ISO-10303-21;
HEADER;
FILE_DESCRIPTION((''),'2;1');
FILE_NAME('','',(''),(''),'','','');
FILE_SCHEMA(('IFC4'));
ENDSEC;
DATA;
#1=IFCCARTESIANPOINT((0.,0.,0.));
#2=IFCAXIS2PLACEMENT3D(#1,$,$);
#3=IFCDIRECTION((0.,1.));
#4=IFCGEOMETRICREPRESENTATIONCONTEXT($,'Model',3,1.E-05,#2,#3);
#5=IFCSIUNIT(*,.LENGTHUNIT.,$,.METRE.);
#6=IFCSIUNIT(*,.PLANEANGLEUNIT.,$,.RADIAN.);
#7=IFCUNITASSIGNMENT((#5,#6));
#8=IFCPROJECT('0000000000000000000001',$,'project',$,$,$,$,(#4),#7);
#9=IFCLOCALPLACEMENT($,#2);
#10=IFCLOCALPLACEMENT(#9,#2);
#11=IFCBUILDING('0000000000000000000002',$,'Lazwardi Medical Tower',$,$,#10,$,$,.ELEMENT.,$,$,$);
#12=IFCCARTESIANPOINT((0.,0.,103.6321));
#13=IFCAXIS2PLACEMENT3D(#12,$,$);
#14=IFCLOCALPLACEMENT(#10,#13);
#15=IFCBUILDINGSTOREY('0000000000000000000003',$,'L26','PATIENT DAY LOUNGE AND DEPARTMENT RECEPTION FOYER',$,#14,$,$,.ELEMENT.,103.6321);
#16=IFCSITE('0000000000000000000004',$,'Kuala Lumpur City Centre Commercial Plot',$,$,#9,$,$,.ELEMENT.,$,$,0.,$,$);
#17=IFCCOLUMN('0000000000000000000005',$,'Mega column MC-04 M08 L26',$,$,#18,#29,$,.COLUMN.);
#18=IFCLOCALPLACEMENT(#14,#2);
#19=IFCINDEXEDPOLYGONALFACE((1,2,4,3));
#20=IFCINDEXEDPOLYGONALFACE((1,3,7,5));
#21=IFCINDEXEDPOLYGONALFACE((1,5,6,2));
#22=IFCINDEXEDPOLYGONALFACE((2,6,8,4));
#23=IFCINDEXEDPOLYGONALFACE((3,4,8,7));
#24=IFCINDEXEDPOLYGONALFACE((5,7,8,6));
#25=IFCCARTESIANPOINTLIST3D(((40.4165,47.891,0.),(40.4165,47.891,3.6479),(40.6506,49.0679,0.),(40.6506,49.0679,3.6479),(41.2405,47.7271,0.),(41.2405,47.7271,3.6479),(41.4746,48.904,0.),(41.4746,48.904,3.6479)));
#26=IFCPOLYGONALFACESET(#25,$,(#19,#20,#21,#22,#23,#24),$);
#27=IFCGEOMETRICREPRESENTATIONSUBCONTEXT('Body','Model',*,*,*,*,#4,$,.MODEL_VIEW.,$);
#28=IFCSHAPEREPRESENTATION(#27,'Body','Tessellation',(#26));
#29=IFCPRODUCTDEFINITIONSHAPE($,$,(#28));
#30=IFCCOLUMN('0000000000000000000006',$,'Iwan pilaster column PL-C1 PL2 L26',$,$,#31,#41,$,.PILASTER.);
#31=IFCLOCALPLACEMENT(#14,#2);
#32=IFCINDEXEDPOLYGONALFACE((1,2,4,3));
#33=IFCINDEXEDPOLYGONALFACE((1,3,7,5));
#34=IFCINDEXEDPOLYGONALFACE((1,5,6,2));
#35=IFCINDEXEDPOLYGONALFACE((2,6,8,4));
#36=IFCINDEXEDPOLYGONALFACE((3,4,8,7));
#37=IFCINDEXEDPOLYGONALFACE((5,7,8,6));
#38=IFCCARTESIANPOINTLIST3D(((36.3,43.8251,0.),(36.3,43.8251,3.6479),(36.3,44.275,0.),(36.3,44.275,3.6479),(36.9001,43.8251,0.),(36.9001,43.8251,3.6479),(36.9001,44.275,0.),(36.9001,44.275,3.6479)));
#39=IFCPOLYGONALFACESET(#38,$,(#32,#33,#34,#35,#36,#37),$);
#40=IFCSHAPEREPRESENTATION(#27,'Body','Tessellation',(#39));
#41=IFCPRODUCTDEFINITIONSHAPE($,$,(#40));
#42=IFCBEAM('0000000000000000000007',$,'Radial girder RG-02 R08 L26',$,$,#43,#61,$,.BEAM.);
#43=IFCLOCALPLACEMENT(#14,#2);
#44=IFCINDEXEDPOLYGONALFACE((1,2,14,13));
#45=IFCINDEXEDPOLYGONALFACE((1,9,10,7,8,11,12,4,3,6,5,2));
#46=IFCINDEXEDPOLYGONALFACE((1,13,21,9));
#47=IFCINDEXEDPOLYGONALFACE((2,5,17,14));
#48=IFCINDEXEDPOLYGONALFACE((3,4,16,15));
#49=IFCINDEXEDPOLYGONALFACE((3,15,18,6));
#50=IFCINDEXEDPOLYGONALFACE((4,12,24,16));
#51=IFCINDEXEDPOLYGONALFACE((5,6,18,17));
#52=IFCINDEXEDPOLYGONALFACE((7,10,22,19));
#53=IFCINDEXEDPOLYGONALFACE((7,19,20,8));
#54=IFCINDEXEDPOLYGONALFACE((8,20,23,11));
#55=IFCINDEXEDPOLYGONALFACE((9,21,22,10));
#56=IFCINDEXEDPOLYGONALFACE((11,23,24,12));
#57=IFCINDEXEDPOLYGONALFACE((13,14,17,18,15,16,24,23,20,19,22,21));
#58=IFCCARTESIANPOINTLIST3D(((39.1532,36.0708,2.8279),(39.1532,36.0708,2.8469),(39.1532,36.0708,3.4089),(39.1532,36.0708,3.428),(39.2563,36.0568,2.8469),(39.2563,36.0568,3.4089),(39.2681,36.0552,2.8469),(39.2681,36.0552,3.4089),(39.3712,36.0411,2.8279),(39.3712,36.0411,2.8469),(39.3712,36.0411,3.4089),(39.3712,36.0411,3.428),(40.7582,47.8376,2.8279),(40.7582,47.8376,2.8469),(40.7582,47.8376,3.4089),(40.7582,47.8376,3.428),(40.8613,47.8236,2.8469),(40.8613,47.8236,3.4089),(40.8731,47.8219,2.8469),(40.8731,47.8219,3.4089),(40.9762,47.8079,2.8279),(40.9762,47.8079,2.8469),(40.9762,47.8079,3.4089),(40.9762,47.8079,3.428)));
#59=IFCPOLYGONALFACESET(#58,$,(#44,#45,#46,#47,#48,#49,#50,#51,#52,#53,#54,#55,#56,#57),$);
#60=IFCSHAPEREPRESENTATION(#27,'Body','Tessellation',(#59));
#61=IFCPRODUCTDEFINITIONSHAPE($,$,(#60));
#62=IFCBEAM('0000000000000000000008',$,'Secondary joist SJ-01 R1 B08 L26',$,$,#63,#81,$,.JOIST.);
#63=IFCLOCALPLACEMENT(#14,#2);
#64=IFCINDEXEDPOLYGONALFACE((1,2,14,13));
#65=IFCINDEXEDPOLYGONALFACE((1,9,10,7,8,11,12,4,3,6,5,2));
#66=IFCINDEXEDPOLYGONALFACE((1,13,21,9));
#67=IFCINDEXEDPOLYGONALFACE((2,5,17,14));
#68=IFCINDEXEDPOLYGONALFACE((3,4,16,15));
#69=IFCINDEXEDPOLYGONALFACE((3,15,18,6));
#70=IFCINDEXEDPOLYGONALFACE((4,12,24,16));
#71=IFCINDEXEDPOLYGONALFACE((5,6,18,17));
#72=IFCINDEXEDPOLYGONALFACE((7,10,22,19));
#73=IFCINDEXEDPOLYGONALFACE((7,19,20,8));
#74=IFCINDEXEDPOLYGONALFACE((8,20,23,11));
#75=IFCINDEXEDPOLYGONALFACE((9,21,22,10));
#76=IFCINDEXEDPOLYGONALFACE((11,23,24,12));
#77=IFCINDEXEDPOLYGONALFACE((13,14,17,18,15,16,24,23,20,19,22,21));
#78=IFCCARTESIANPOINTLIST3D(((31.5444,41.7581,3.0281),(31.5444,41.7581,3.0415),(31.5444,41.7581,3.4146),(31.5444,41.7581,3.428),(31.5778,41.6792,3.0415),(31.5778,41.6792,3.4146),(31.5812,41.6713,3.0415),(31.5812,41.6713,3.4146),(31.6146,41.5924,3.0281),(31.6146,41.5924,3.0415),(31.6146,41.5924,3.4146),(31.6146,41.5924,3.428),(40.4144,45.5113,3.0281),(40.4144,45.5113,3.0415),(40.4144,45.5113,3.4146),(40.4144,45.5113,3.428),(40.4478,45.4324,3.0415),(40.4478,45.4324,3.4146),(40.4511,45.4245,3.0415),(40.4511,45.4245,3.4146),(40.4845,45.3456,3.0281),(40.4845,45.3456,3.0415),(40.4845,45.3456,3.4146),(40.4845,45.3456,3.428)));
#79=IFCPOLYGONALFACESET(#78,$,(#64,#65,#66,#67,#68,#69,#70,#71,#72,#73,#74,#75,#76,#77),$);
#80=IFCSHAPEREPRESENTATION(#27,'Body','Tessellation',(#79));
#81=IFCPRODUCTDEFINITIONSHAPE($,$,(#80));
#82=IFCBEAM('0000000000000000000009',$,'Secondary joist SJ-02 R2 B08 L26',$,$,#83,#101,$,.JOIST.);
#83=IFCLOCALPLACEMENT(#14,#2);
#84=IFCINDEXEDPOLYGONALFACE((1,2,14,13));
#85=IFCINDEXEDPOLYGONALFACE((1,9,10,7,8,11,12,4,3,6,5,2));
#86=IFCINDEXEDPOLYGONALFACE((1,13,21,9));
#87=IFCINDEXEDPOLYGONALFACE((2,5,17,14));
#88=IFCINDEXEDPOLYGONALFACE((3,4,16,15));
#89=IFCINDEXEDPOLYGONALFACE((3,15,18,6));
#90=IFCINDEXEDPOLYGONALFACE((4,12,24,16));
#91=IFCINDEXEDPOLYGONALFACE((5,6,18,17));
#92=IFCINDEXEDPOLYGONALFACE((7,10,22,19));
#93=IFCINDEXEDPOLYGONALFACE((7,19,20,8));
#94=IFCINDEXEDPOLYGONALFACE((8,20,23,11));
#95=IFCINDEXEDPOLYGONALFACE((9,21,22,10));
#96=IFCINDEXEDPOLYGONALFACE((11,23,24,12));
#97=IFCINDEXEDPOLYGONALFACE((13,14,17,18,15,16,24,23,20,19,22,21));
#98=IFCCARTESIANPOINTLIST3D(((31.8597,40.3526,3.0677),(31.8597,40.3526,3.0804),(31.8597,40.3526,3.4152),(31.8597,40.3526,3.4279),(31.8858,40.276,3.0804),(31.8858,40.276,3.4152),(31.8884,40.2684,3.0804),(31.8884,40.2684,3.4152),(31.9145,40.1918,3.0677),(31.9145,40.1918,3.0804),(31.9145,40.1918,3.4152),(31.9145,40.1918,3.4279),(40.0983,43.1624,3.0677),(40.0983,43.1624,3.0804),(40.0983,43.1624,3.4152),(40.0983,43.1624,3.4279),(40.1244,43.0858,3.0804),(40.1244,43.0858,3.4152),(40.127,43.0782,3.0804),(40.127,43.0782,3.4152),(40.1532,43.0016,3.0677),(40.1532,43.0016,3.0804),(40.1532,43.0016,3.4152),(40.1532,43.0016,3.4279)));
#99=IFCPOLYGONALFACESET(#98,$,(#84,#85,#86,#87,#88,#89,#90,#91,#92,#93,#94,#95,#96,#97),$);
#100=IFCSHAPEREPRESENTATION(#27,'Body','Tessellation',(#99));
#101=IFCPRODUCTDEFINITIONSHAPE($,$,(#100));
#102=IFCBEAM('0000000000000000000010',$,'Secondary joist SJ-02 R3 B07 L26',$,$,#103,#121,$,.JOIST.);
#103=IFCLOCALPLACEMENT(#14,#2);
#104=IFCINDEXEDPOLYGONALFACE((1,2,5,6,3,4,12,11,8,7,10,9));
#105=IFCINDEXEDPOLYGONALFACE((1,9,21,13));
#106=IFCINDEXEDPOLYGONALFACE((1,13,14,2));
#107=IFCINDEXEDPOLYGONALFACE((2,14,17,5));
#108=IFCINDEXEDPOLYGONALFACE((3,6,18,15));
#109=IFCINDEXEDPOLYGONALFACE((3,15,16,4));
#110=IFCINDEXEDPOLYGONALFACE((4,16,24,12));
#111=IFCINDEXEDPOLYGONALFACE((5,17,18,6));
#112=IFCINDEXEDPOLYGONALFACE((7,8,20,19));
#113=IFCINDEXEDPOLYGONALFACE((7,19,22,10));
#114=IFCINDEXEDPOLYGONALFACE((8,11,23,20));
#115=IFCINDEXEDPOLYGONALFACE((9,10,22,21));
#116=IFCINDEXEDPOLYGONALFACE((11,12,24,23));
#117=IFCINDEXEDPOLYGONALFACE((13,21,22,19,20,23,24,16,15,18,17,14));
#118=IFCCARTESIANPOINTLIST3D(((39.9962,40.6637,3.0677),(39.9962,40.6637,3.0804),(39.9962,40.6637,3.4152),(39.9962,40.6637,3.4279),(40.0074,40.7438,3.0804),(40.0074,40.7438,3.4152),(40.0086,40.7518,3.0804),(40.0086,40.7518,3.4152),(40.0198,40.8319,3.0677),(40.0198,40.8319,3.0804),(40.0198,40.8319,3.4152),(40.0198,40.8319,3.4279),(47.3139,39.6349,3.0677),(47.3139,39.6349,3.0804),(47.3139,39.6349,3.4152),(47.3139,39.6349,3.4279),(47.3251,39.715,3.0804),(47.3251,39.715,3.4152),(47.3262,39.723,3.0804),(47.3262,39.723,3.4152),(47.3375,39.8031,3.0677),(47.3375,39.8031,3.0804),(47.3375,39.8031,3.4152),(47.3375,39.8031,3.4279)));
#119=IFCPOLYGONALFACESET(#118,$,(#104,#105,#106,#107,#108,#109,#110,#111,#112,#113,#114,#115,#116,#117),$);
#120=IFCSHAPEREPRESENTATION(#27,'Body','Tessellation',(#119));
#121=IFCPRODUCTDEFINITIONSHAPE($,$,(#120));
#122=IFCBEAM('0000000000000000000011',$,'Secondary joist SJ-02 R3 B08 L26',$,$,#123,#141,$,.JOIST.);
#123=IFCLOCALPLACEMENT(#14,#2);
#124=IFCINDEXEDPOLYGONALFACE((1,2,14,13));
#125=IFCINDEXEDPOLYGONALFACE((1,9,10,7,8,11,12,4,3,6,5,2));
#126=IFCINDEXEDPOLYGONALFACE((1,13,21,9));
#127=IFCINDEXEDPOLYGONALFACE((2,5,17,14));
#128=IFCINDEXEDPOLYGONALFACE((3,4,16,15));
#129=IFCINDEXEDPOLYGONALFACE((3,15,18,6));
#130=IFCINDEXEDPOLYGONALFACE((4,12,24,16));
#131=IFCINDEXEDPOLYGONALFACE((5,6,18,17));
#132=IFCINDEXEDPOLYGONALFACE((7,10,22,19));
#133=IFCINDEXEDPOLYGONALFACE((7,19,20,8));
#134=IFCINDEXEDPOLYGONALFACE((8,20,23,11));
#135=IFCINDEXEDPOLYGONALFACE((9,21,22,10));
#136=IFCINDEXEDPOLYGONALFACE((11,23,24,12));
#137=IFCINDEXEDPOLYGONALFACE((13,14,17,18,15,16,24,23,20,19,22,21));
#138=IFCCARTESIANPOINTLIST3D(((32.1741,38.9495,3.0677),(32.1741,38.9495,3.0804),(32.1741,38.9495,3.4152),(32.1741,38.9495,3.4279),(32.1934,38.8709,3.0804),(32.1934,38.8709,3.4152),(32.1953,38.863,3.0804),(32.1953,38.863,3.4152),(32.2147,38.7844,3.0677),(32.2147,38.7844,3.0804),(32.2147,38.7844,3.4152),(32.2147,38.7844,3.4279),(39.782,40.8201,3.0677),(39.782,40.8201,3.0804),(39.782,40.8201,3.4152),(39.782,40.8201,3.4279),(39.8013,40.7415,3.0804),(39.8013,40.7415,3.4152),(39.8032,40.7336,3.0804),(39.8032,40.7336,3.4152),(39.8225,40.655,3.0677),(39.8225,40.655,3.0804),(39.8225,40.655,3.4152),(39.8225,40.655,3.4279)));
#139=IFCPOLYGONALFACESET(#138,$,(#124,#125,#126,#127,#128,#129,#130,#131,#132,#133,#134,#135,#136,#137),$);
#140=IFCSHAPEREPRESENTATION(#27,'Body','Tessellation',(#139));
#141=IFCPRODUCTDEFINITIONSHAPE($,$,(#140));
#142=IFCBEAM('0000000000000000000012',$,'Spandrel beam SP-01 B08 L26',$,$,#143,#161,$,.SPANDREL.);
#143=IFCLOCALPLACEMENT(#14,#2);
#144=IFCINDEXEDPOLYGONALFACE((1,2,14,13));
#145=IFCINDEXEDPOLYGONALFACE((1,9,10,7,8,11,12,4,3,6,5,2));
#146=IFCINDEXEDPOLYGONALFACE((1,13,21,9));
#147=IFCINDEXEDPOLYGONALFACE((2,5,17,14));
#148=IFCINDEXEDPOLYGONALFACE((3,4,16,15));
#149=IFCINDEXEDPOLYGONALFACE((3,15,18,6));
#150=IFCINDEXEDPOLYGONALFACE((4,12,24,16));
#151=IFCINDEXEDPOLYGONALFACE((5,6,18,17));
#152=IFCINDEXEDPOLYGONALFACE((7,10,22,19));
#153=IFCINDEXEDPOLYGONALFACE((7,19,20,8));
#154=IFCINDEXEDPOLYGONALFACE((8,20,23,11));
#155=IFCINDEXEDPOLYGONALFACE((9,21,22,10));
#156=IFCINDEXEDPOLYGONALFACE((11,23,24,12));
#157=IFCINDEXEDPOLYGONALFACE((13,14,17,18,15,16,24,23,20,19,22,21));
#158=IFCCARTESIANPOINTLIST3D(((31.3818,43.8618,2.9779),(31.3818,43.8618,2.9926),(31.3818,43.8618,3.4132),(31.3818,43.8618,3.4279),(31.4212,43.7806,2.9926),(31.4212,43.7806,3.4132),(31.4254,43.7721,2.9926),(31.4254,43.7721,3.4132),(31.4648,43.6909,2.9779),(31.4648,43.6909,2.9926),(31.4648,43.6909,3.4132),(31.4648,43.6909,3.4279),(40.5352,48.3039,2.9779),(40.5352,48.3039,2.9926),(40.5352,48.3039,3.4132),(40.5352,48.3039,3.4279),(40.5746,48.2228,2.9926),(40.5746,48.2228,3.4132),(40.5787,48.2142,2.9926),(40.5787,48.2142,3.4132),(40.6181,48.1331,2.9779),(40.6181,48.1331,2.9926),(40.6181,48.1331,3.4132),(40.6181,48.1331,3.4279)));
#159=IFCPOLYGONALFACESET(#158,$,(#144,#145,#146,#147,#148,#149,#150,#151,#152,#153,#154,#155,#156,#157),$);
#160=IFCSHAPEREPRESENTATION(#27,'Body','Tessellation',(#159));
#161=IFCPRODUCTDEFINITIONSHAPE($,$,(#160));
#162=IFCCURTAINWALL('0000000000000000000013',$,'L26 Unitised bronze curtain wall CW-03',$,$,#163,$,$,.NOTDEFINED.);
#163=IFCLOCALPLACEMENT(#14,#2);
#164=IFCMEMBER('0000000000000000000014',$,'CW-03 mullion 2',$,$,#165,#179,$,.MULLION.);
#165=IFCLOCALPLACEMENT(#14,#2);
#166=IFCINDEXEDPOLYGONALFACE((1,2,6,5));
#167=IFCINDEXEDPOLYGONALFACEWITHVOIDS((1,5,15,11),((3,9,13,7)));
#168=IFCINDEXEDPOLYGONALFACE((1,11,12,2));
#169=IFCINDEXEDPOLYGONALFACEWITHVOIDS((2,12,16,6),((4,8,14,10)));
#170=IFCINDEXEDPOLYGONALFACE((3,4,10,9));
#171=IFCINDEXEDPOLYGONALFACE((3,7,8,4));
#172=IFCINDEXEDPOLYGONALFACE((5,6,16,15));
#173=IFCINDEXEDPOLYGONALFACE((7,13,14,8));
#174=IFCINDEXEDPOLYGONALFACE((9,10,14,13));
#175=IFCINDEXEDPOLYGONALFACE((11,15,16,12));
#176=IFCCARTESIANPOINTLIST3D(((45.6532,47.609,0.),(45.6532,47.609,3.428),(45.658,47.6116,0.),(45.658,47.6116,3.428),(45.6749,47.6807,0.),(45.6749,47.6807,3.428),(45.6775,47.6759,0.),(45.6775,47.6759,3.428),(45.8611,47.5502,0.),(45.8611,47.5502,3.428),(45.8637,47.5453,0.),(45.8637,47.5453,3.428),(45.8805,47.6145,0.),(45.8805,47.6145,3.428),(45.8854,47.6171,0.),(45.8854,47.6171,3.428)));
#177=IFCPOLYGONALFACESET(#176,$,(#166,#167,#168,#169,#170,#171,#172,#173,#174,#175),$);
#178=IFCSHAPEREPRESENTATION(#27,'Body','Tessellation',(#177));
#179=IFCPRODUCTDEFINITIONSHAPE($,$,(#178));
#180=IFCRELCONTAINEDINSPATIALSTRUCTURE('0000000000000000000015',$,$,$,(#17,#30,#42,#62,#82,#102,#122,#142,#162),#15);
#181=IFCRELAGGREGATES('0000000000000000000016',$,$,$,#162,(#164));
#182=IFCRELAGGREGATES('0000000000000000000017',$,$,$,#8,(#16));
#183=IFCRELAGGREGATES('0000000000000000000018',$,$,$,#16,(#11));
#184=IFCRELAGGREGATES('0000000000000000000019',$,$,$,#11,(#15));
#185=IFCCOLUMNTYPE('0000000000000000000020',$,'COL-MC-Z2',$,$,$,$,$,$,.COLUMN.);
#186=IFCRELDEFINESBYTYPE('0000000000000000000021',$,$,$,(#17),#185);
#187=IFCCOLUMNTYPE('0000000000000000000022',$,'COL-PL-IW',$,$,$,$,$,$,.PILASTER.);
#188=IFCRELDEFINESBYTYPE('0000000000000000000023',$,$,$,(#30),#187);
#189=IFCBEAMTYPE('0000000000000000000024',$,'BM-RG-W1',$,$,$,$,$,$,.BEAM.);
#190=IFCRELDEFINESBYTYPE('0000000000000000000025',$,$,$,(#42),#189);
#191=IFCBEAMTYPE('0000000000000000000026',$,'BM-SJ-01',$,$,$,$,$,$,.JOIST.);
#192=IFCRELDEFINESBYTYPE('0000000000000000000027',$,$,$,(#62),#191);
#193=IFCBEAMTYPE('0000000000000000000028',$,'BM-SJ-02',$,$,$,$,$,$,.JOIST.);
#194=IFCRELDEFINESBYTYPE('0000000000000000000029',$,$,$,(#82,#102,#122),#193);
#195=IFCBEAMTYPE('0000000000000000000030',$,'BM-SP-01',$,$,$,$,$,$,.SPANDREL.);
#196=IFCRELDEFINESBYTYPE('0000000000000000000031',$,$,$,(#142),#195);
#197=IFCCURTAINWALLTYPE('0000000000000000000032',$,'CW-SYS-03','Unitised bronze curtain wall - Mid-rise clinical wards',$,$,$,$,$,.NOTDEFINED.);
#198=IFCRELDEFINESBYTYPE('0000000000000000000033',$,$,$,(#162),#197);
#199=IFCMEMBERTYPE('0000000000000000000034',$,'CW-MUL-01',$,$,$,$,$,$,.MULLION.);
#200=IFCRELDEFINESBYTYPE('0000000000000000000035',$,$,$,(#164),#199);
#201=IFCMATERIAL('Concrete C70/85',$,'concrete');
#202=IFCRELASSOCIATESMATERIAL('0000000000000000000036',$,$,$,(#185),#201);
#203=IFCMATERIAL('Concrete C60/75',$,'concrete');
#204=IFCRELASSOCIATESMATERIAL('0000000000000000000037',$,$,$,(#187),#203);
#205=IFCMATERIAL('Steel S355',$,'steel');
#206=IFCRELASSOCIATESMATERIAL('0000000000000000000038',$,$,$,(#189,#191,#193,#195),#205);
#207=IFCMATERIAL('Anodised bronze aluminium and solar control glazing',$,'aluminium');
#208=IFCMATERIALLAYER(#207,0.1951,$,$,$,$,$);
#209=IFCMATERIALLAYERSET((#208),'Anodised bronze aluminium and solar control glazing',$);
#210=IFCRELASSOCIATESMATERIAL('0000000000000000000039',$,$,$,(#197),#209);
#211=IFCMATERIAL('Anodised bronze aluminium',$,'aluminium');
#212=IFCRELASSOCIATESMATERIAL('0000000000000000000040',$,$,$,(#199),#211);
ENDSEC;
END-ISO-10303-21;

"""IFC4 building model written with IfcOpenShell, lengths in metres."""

from ifc_helpers import new_model, si_unit, direction, frame, origin, origin_2d, place, context, subcontext, project, spatial, rectangle, hollow_rectangle, i_section, extrude, material, layer, layer_set, material_profile, profile_set, type_object, element, aggregate, save


model = new_model("IFC4")

# Units and contexts
model_context = context("Model", 3, precision=1e-05, world=origin(), true_north=direction((0.0, 1.0)))
body_context = subcontext(model_context, "Body", "Model", "MODEL_VIEW")
ifc_project = project(units=[si_unit("LENGTHUNIT", "METRE"), si_unit("PLANEANGLEUNIT", "RADIAN")], contexts=[model_context])

# Site, building, storey
site_placement = place(None, origin())
site = spatial("IfcSite", under=ifc_project, at=site_placement, Name="Kuala Lumpur City Centre Commercial Plot", CompositionType="ELEMENT", RefElevation=0.0)
building_placement = place(site_placement, origin())
building = spatial("IfcBuilding", under=site, at=building_placement, Name="Lazwardi Medical Tower", CompositionType="ELEMENT")
storey_placement = place(building_placement, frame((0.0, 0.0, 103.6321)))
storey = spatial("IfcBuildingStorey", under=building, at=storey_placement, Name="L26", Description="PATIENT DAY LOUNGE AND DEPARTMENT RECEPTION FOYER", CompositionType="ELEMENT", Elevation=103.6321)

# Columns
ifc_material_1 = material(Name="Concrete C70/85", Category="concrete")
ifc_material_profile_1 = material_profile(ifc_material_1, rectangle(XDim=1.2, YDim=0.8401, at=origin_2d()), Name="CFT-RECT 1200x840")
ifc_profile_set_1 = profile_set([ifc_material_profile_1], Name="Concrete C70/85")
column_type_1 = type_object("IfcColumnType", Name="COL-MC-Z2", PredefinedType="COLUMN", material=ifc_profile_set_1)
column_1_placement = place(storey_placement, frame((40.9456, 48.3975, 0.0), z_axis=(0.0, 0.0, 1.0), x_axis=(0.19509, 0.980785, 0.0)))
element("IfcColumn", 1, at=column_1_placement, inside=storey, type_object=column_type_1, Name="Mega column MC-04 M08 L26", PredefinedType="COLUMN", context=body_context, shape_type="SweptSolid", body=[
    extrude(rectangle(XDim=1.2, YDim=0.8401, at=origin_2d()), origin(), (0.0, 0.0, 1.0), 3.6479),
])
ifc_material_2 = material(Name="Concrete C60/75", Category="concrete")
ifc_material_profile_2 = material_profile(ifc_material_2, rectangle(XDim=0.6001, YDim=0.45, at=origin_2d()), Name="RC 600x450")
ifc_profile_set_2 = profile_set([ifc_material_profile_2], Name="Concrete C60/75")
column_type_2 = type_object("IfcColumnType", Name="COL-PL-IW", PredefinedType="PILASTER", material=ifc_profile_set_2)
column_2_placement = place(storey_placement, frame((36.6001, 44.05, 0.0), z_axis=(0.0, 0.0, 1.0), x_axis=(1.0, 0.0, 0.0)))
element("IfcColumn", 2, at=column_2_placement, inside=storey, type_object=column_type_2, Name="Iwan pilaster column PL-C1 PL2 L26", PredefinedType="PILASTER", context=body_context, shape_type="SweptSolid", body=[
    extrude(rectangle(XDim=0.6001, YDim=0.45, at=origin_2d()), origin(), (0.0, 0.0, 1.0), 3.6479),
])

# Beams
ifc_material_3 = material(Name="Steel S355", Category="steel")
ifc_material_profile_3 = material_profile(ifc_material_3, i_section(OverallWidth=0.22, OverallDepth=0.6001, WebThickness=0.012, FlangeThickness=0.019, at=origin_2d()), Name="IPE 600")
ifc_profile_set_3 = profile_set([ifc_material_profile_3], Name="Steel S355")
beam_type_1 = type_object("IfcBeamType", Name="BM-RG-W1", PredefinedType="BEAM", material=ifc_profile_set_3)
beam_1_placement = place(storey_placement, frame((40.8672, 47.8228, 3.1279), z_axis=(-0.135147, -0.990826, 0.0), x_axis=(0.990826, -0.135147, 0.0)))
element("IfcBeam", 3, at=beam_1_placement, inside=storey, type_object=beam_type_1, Name="Radial girder RG-02 R08 L26", PredefinedType="BEAM", context=body_context, shape_type="SweptSolid", body=[
    extrude(i_section(OverallWidth=0.22, OverallDepth=0.6001, WebThickness=0.012, FlangeThickness=0.019, at=origin_2d()), origin(), (0.0, 0.0, 1.0), 11.8757),
])
ifc_material_profile_4 = material_profile(ifc_material_3, i_section(OverallWidth=0.1799, OverallDepth=0.3999, WebThickness=0.0085, FlangeThickness=0.0134, at=origin_2d()), Name="IPE 400")
ifc_profile_set_4 = profile_set([ifc_material_profile_4], Name="Steel S355")
beam_type_2 = type_object("IfcBeamType", Name="BM-SJ-01", PredefinedType="JOIST", material=ifc_profile_set_4)
beam_2_placement = place(storey_placement, frame((40.4495, 45.4285, 3.228), z_axis=(-0.920947, -0.389687, 0.0), x_axis=(0.389687, -0.920947, 0.0)))
element("IfcBeam", 4, at=beam_2_placement, inside=storey, type_object=beam_type_2, Name="Secondary joist SJ-01 R1 B08 L26", PredefinedType="JOIST", context=body_context, shape_type="SweptSolid", body=[
    extrude(i_section(OverallWidth=0.1799, OverallDepth=0.3999, WebThickness=0.0085, FlangeThickness=0.0134, at=origin_2d()), origin(), (0.0, 0.0, 1.0), 9.6313),
])
ifc_material_profile_5 = material_profile(ifc_material_3, i_section(OverallWidth=0.1699, OverallDepth=0.3601, WebThickness=0.0081, FlangeThickness=0.0127, at=origin_2d()), Name="IPE 360")
ifc_profile_set_5 = profile_set([ifc_material_profile_5], Name="Steel S355")
beam_type_3 = type_object("IfcBeamType", Name="BM-SJ-02", PredefinedType="JOIST", material=ifc_profile_set_5)
beam_3_placement = place(storey_placement, frame((40.1257, 43.082, 3.2478), z_axis=(-0.946467, -0.3228, 0.0), x_axis=(0.3228, -0.946467, 0.0)))
element("IfcBeam", 5, at=beam_3_placement, inside=storey, type_object=beam_type_3, Name="Secondary joist SJ-02 R2 B08 L26", PredefinedType="JOIST", context=body_context, shape_type="SweptSolid", body=[
    extrude(i_section(OverallWidth=0.1699, OverallDepth=0.3601, WebThickness=0.0081, FlangeThickness=0.0127, at=origin_2d()), origin(), (0.0, 0.0, 1.0), 8.7046),
])
beam_4_placement = place(storey_placement, frame((47.3257, 39.719, 3.2478), z_axis=(-0.990261, 0.139224, 0.0), x_axis=(-0.139224, -0.990261, 0.0)))
element("IfcBeam", 6, at=beam_4_placement, inside=storey, type_object=beam_type_3, Name="Secondary joist SJ-02 R3 B07 L26", PredefinedType="JOIST", context=body_context, shape_type="SweptSolid", body=[
    extrude(i_section(OverallWidth=0.1699, OverallDepth=0.3601, WebThickness=0.0081, FlangeThickness=0.0127, at=origin_2d()), origin(), (0.0, 0.0, 1.0), 7.3896),
])
beam_5_placement = place(storey_placement, frame((39.8022, 40.7375, 3.2478), z_axis=(-0.971077, -0.238765, 0.0), x_axis=(0.238765, -0.971077, 0.0)))
element("IfcBeam", 7, at=beam_5_placement, inside=storey, type_object=beam_type_3, Name="Secondary joist SJ-02 R3 B08 L26", PredefinedType="JOIST", context=body_context, shape_type="SweptSolid", body=[
    extrude(i_section(OverallWidth=0.1699, OverallDepth=0.3601, WebThickness=0.0081, FlangeThickness=0.0127, at=origin_2d()), origin(), (0.0, 0.0, 1.0), 7.8345),
])
ifc_material_profile_6 = material_profile(ifc_material_3, i_section(OverallWidth=0.1899, OverallDepth=0.45, WebThickness=0.0095, FlangeThickness=0.0146, at=origin_2d()), Name="IPE 450")
ifc_profile_set_6 = profile_set([ifc_material_profile_6], Name="Steel S355")
beam_type_4 = type_object("IfcBeamType", Name="BM-SP-01", PredefinedType="SPANDREL", material=ifc_profile_set_6)
beam_6_placement = place(storey_placement, frame((40.5767, 48.2185, 3.2029), z_axis=(-0.899653, -0.436605, 0.0), x_axis=(0.436605, -0.899653, 0.0)))
element("IfcBeam", 8, at=beam_6_placement, inside=storey, type_object=beam_type_4, Name="Spandrel beam SP-01 B08 L26", PredefinedType="SPANDREL", context=body_context, shape_type="SweptSolid", body=[
    extrude(i_section(OverallWidth=0.1899, OverallDepth=0.45, WebThickness=0.0095, FlangeThickness=0.0146, at=origin_2d()), origin(), (0.0, 0.0, 1.0), 10.1743),
])

# Curtain wall, member
ifc_material_4 = material(Name="Anodised bronze aluminium and solar control glazing", Category="aluminium")
ifc_layer_1 = layer(ifc_material_4, 0.1951)
ifc_layer_set_1 = layer_set([ifc_layer_1], Name="Anodised bronze aluminium and solar control glazing")
curtain_wall_type_1 = type_object("IfcCurtainWallType", Name="CW-SYS-03", Description="Unitised bronze curtain wall - Mid-rise clinical wards", PredefinedType="NOTDEFINED", material=ifc_layer_set_1)
curtain_wall_1_placement = place(storey_placement, origin())
curtain_wall_1 = element("IfcCurtainWall", 9, at=curtain_wall_1_placement, inside=storey, type_object=curtain_wall_type_1, Name="L26 Unitised bronze curtain wall CW-03", PredefinedType="NOTDEFINED")
ifc_material_5 = material(Name="Anodised bronze aluminium", Category="aluminium")
ifc_material_profile_7 = material_profile(ifc_material_5, hollow_rectangle(XDim=0.075, YDim=0.22, WallThickness=0.0039, at=origin_2d()), Name="ALU-MULLION 220x75x4")
ifc_profile_set_7 = profile_set([ifc_material_profile_7], Name="Anodised bronze aluminium")
member_type_1 = type_object("IfcMemberType", Name="CW-MUL-01", PredefinedType="MULLION", material=ifc_profile_set_7)
member_1_placement = place(storey_placement, frame((45.7693, 47.613, 0.0), z_axis=(0.0, 0.0, 1.0), x_axis=(-0.289374, -0.957216, 0.0)))
member_1 = element("IfcMember", 10, at=member_1_placement, type_object=member_type_1, Name="CW-03 mullion 2", PredefinedType="MULLION", context=body_context, shape_type="SweptSolid", body=[
    extrude(hollow_rectangle(XDim=0.075, YDim=0.22, WallThickness=0.0039, at=origin_2d()), origin(), (0.0, 0.0, 1.0), 3.428),
])

aggregate(curtain_wall_1, [member_1])

save(model, "model.ifc")
